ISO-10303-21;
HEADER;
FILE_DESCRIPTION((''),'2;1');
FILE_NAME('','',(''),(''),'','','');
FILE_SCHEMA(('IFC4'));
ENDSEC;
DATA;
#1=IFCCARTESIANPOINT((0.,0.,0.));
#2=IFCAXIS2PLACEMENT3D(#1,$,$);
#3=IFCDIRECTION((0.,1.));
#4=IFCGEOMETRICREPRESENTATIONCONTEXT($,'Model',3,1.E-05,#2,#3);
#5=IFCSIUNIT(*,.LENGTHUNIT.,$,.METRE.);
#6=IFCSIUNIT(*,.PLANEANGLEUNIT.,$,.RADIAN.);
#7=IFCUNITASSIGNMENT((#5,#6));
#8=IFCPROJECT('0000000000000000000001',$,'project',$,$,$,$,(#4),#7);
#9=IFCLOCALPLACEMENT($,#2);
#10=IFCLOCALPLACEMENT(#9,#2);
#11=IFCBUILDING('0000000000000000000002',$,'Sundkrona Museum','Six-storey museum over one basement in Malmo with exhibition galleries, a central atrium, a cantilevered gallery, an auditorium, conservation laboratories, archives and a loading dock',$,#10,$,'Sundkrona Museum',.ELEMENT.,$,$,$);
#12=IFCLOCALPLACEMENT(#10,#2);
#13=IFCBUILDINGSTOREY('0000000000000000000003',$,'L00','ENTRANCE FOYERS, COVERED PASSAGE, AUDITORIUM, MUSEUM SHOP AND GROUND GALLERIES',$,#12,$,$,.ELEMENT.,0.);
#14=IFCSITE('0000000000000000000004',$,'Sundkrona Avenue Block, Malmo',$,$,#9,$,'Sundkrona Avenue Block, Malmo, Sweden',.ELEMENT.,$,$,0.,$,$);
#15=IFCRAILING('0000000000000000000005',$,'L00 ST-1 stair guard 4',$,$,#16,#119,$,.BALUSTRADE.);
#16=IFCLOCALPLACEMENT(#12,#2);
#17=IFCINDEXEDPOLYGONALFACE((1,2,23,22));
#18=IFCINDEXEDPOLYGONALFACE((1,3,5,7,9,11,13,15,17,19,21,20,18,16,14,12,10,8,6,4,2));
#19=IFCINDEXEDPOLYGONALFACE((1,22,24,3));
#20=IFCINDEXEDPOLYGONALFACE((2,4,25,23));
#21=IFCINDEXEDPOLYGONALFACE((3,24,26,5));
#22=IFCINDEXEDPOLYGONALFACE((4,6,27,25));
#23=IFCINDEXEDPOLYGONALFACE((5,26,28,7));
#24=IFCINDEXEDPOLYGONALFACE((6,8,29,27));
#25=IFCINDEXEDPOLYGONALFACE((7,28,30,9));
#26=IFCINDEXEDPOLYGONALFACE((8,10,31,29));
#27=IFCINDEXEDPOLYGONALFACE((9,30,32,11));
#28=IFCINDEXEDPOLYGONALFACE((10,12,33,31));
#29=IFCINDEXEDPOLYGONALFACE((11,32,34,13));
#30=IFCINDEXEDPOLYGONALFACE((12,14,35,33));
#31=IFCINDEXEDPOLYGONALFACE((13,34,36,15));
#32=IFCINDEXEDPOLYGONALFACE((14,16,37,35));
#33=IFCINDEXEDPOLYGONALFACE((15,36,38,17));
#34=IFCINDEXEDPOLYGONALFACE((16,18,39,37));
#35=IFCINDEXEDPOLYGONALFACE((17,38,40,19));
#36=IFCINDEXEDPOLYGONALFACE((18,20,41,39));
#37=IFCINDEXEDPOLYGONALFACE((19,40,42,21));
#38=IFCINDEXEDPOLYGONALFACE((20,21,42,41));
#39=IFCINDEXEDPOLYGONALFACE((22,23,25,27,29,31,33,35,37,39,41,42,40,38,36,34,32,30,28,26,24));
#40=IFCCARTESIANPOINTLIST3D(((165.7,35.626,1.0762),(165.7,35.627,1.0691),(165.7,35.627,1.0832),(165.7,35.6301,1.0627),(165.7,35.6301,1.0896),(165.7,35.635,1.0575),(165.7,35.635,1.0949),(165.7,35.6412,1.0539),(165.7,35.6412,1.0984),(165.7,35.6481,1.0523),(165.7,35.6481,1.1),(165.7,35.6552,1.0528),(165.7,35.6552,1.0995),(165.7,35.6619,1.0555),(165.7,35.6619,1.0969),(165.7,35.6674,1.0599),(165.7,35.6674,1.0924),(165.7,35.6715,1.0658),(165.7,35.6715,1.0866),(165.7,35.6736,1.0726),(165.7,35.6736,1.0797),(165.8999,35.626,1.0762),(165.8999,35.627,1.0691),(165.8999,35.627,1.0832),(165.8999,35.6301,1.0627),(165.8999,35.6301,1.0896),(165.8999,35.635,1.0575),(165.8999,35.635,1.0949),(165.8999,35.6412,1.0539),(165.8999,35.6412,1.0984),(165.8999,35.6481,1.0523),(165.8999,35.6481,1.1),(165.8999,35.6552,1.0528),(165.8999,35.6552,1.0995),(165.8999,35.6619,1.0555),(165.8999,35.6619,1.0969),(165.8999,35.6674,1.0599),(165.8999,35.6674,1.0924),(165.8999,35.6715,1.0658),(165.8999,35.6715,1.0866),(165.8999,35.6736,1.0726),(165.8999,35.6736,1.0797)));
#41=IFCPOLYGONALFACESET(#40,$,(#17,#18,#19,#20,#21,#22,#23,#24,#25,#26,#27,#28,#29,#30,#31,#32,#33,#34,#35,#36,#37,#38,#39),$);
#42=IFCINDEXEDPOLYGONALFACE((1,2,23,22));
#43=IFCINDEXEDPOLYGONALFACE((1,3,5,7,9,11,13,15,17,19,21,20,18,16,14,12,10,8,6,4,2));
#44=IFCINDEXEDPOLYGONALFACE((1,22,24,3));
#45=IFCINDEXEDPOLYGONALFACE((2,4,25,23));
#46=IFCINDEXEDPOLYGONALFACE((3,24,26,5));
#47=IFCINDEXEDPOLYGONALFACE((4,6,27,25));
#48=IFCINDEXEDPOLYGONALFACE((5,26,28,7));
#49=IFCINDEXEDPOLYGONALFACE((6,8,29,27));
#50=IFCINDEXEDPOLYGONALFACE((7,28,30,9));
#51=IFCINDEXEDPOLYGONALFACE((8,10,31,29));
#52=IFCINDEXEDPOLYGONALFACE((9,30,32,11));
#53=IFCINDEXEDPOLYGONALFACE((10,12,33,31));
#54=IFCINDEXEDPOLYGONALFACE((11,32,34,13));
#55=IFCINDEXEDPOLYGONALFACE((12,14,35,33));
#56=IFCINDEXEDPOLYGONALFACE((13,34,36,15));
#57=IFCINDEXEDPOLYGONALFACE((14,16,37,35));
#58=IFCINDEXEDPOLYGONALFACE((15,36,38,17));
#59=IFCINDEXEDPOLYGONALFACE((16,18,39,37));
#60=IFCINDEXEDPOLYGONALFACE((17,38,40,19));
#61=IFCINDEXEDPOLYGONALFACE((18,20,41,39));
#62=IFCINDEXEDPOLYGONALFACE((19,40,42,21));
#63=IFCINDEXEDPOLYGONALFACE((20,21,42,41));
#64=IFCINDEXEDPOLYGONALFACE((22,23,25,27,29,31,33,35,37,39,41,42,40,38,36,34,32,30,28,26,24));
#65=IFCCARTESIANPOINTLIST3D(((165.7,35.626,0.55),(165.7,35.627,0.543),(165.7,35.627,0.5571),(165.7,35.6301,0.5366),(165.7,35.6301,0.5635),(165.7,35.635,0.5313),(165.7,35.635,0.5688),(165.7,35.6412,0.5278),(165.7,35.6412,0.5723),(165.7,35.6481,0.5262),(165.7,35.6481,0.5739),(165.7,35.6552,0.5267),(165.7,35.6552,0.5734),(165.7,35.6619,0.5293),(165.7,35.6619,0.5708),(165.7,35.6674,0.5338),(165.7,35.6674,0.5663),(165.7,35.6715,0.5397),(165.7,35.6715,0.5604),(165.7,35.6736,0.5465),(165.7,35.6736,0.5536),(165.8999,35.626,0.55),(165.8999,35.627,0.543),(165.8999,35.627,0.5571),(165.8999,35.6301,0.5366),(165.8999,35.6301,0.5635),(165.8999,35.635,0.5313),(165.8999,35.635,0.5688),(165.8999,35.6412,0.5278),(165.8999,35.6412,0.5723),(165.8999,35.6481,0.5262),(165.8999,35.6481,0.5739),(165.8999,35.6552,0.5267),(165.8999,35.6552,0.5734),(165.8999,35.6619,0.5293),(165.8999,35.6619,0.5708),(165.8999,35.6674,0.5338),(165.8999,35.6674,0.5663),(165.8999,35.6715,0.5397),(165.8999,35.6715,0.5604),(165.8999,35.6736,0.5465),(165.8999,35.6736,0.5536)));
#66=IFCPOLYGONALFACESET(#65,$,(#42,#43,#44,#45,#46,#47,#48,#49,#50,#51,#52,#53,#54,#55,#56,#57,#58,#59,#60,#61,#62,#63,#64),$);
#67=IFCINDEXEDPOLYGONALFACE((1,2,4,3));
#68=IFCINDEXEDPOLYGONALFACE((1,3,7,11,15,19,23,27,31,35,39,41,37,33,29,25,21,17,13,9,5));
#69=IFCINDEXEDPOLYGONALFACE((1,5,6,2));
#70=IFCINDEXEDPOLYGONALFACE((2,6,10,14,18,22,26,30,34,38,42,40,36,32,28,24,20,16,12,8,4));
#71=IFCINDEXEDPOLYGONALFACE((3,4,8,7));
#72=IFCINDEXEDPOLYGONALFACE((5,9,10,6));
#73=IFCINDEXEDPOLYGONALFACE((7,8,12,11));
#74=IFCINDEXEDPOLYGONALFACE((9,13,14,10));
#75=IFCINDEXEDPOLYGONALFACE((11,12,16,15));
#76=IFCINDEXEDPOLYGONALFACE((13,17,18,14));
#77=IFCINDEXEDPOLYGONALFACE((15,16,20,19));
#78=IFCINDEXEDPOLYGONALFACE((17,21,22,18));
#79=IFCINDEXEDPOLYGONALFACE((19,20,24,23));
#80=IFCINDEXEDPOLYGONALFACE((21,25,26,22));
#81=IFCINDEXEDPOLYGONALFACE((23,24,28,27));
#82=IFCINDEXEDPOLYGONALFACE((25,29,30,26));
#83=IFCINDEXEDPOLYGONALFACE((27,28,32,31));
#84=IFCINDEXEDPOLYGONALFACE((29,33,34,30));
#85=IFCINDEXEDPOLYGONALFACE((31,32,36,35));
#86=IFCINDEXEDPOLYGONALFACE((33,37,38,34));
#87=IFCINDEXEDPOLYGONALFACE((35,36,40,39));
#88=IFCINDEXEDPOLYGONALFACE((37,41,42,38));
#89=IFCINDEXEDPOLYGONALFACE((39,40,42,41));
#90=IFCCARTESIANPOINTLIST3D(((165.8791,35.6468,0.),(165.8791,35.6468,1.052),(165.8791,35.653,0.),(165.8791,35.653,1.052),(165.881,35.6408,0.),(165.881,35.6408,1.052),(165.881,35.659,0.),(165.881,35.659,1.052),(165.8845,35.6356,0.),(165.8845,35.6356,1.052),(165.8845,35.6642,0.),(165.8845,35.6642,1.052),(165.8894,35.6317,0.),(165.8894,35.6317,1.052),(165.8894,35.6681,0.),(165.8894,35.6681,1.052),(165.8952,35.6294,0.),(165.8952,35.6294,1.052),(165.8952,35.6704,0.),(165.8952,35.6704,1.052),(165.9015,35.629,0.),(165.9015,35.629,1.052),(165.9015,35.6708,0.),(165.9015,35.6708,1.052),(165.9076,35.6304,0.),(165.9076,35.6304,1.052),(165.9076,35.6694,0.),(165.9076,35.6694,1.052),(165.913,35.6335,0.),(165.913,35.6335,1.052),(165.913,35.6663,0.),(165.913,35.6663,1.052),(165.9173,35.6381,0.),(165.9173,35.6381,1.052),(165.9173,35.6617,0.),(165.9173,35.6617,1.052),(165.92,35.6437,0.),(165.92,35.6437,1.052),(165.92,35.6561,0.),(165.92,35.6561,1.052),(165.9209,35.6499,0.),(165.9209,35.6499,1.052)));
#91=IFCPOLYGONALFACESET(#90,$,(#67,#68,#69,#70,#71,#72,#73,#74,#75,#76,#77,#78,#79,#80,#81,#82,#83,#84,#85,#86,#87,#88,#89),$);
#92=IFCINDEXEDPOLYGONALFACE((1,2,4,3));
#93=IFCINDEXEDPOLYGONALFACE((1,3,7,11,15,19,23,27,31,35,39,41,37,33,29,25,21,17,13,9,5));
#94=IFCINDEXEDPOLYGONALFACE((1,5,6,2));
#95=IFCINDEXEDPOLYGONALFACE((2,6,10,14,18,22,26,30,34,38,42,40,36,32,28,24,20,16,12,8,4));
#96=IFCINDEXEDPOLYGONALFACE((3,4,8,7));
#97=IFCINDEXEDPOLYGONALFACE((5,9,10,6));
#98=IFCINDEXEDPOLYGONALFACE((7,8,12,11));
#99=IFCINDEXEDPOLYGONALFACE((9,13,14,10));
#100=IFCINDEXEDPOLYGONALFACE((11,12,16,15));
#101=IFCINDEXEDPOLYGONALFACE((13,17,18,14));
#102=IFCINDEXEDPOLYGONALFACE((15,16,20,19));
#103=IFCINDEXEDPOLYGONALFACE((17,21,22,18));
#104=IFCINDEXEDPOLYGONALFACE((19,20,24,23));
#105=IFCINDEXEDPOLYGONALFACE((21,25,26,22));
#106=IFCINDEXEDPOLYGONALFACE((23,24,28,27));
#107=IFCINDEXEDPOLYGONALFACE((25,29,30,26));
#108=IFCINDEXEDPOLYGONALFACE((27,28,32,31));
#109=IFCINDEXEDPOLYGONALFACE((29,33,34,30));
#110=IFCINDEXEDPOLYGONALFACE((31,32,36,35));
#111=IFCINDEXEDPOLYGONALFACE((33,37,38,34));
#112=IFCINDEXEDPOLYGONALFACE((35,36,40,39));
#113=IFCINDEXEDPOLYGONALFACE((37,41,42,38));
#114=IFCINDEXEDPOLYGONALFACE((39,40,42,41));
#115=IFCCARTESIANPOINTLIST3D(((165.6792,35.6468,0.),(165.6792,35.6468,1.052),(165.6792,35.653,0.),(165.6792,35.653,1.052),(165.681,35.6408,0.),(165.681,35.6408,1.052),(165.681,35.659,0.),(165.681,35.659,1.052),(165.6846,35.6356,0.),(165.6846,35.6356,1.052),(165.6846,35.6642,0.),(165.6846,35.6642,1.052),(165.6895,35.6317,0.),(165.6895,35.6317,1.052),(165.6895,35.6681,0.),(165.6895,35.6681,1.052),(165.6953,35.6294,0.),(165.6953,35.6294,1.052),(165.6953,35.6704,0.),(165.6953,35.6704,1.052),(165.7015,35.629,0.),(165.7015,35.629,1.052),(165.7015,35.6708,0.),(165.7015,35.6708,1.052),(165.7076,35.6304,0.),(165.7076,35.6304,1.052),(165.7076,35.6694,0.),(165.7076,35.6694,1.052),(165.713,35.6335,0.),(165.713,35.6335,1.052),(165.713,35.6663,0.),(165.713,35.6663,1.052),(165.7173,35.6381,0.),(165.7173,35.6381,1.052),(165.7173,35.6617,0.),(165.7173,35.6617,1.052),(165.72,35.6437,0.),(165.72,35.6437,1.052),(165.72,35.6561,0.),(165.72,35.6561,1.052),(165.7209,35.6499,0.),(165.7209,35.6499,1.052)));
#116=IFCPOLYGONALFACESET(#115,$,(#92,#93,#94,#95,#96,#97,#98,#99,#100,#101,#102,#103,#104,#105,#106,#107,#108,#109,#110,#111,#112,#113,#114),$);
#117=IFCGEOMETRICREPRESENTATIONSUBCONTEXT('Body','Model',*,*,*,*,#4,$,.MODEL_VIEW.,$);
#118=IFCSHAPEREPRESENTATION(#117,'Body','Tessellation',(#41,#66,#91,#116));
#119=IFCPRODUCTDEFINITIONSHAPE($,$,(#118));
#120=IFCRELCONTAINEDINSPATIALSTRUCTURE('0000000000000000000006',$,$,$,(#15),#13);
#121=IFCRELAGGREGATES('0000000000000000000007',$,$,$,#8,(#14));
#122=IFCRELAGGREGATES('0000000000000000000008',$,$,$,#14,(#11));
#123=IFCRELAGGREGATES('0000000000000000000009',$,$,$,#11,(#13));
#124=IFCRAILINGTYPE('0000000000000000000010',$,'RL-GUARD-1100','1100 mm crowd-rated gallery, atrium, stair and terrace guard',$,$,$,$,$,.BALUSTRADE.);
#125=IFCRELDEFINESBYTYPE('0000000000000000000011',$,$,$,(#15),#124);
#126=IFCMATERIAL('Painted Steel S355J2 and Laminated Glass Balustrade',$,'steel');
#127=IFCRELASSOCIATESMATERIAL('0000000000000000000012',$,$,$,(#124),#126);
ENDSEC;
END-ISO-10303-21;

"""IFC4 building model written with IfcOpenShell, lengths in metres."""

from ifc_helpers import new_model, si_unit, direction, frame, origin, origin_2d, place, context, subcontext, project, spatial, circle, extrude, material, type_object, element, save


model = new_model("IFC4")

# Units and contexts
model_context = context("Model", 3, precision=1e-05, world=origin(), true_north=direction((0.0, 1.0)))
body_context = subcontext(model_context, "Body", "Model", "MODEL_VIEW")
ifc_project = project(units=[si_unit("LENGTHUNIT", "METRE"), si_unit("PLANEANGLEUNIT", "RADIAN")], contexts=[model_context])

# Site, building, storey
site_placement = place(None, origin())
site = spatial("IfcSite", under=ifc_project, at=site_placement, Name="Sundkrona Avenue Block, Malmo", LongName="Sundkrona Avenue Block, Malmo, Sweden", CompositionType="ELEMENT", RefElevation=0.0)
building_placement = place(site_placement, origin())
building = spatial("IfcBuilding", under=site, at=building_placement, Name="Sundkrona Museum", Description="Six-storey museum over one basement in Malmo with exhibition galleries, a central atrium, a cantilevered gallery, an auditorium, conservation laboratories, archives and a loading dock", LongName="Sundkrona Museum", CompositionType="ELEMENT")
storey_placement = place(building_placement, origin())
storey = spatial("IfcBuildingStorey", under=building, at=storey_placement, Name="L00", Description="ENTRANCE FOYERS, COVERED PASSAGE, AUDITORIUM, MUSEUM SHOP AND GROUND GALLERIES", CompositionType="ELEMENT", Elevation=0.0)

# Railing
ifc_material_1 = material(Name="Painted Steel S355J2 and Laminated Glass Balustrade", Category="steel")
railing_type_1 = type_object("IfcRailingType", Name="RL-GUARD-1100", Description="1100 mm crowd-rated gallery, atrium, stair and terrace guard", PredefinedType="BALUSTRADE", material=ifc_material_1)
railing_1_placement = place(storey_placement, frame((165.8999, 35.6499, 0.0)))
element("IfcRailing", 1, at=railing_1_placement, inside=storey, type_object=railing_type_1, Name="L00 ST-1 stair guard 4", PredefinedType="BALUSTRADE", context=body_context, shape_type="SweptSolid", body=[
    extrude(circle(Radius=0.0239, at=origin_2d()), frame((0.0, 0.0, 1.0762), z_axis=(-1.0, 0.0, 0.0), x_axis=(0.0, -1.0, 0.0)), (0.0, 0.0, 1.0), 0.2),
    extrude(circle(Radius=0.0239, at=origin_2d()), frame((0.0, 0.0, 0.55), z_axis=(-1.0, 0.0, 0.0), x_axis=(0.0, -1.0, 0.0)), (0.0, 0.0, 1.0), 0.2),
    extrude(circle(Radius=0.021, at=origin_2d()), origin(), (0.0, 0.0, 1.0), 1.052),
    extrude(circle(Radius=0.021, at=origin_2d()), frame((-0.2, 0.0, 0.0)), (0.0, 0.0, 1.0), 1.052),
])

save(model, "model.ifc")
